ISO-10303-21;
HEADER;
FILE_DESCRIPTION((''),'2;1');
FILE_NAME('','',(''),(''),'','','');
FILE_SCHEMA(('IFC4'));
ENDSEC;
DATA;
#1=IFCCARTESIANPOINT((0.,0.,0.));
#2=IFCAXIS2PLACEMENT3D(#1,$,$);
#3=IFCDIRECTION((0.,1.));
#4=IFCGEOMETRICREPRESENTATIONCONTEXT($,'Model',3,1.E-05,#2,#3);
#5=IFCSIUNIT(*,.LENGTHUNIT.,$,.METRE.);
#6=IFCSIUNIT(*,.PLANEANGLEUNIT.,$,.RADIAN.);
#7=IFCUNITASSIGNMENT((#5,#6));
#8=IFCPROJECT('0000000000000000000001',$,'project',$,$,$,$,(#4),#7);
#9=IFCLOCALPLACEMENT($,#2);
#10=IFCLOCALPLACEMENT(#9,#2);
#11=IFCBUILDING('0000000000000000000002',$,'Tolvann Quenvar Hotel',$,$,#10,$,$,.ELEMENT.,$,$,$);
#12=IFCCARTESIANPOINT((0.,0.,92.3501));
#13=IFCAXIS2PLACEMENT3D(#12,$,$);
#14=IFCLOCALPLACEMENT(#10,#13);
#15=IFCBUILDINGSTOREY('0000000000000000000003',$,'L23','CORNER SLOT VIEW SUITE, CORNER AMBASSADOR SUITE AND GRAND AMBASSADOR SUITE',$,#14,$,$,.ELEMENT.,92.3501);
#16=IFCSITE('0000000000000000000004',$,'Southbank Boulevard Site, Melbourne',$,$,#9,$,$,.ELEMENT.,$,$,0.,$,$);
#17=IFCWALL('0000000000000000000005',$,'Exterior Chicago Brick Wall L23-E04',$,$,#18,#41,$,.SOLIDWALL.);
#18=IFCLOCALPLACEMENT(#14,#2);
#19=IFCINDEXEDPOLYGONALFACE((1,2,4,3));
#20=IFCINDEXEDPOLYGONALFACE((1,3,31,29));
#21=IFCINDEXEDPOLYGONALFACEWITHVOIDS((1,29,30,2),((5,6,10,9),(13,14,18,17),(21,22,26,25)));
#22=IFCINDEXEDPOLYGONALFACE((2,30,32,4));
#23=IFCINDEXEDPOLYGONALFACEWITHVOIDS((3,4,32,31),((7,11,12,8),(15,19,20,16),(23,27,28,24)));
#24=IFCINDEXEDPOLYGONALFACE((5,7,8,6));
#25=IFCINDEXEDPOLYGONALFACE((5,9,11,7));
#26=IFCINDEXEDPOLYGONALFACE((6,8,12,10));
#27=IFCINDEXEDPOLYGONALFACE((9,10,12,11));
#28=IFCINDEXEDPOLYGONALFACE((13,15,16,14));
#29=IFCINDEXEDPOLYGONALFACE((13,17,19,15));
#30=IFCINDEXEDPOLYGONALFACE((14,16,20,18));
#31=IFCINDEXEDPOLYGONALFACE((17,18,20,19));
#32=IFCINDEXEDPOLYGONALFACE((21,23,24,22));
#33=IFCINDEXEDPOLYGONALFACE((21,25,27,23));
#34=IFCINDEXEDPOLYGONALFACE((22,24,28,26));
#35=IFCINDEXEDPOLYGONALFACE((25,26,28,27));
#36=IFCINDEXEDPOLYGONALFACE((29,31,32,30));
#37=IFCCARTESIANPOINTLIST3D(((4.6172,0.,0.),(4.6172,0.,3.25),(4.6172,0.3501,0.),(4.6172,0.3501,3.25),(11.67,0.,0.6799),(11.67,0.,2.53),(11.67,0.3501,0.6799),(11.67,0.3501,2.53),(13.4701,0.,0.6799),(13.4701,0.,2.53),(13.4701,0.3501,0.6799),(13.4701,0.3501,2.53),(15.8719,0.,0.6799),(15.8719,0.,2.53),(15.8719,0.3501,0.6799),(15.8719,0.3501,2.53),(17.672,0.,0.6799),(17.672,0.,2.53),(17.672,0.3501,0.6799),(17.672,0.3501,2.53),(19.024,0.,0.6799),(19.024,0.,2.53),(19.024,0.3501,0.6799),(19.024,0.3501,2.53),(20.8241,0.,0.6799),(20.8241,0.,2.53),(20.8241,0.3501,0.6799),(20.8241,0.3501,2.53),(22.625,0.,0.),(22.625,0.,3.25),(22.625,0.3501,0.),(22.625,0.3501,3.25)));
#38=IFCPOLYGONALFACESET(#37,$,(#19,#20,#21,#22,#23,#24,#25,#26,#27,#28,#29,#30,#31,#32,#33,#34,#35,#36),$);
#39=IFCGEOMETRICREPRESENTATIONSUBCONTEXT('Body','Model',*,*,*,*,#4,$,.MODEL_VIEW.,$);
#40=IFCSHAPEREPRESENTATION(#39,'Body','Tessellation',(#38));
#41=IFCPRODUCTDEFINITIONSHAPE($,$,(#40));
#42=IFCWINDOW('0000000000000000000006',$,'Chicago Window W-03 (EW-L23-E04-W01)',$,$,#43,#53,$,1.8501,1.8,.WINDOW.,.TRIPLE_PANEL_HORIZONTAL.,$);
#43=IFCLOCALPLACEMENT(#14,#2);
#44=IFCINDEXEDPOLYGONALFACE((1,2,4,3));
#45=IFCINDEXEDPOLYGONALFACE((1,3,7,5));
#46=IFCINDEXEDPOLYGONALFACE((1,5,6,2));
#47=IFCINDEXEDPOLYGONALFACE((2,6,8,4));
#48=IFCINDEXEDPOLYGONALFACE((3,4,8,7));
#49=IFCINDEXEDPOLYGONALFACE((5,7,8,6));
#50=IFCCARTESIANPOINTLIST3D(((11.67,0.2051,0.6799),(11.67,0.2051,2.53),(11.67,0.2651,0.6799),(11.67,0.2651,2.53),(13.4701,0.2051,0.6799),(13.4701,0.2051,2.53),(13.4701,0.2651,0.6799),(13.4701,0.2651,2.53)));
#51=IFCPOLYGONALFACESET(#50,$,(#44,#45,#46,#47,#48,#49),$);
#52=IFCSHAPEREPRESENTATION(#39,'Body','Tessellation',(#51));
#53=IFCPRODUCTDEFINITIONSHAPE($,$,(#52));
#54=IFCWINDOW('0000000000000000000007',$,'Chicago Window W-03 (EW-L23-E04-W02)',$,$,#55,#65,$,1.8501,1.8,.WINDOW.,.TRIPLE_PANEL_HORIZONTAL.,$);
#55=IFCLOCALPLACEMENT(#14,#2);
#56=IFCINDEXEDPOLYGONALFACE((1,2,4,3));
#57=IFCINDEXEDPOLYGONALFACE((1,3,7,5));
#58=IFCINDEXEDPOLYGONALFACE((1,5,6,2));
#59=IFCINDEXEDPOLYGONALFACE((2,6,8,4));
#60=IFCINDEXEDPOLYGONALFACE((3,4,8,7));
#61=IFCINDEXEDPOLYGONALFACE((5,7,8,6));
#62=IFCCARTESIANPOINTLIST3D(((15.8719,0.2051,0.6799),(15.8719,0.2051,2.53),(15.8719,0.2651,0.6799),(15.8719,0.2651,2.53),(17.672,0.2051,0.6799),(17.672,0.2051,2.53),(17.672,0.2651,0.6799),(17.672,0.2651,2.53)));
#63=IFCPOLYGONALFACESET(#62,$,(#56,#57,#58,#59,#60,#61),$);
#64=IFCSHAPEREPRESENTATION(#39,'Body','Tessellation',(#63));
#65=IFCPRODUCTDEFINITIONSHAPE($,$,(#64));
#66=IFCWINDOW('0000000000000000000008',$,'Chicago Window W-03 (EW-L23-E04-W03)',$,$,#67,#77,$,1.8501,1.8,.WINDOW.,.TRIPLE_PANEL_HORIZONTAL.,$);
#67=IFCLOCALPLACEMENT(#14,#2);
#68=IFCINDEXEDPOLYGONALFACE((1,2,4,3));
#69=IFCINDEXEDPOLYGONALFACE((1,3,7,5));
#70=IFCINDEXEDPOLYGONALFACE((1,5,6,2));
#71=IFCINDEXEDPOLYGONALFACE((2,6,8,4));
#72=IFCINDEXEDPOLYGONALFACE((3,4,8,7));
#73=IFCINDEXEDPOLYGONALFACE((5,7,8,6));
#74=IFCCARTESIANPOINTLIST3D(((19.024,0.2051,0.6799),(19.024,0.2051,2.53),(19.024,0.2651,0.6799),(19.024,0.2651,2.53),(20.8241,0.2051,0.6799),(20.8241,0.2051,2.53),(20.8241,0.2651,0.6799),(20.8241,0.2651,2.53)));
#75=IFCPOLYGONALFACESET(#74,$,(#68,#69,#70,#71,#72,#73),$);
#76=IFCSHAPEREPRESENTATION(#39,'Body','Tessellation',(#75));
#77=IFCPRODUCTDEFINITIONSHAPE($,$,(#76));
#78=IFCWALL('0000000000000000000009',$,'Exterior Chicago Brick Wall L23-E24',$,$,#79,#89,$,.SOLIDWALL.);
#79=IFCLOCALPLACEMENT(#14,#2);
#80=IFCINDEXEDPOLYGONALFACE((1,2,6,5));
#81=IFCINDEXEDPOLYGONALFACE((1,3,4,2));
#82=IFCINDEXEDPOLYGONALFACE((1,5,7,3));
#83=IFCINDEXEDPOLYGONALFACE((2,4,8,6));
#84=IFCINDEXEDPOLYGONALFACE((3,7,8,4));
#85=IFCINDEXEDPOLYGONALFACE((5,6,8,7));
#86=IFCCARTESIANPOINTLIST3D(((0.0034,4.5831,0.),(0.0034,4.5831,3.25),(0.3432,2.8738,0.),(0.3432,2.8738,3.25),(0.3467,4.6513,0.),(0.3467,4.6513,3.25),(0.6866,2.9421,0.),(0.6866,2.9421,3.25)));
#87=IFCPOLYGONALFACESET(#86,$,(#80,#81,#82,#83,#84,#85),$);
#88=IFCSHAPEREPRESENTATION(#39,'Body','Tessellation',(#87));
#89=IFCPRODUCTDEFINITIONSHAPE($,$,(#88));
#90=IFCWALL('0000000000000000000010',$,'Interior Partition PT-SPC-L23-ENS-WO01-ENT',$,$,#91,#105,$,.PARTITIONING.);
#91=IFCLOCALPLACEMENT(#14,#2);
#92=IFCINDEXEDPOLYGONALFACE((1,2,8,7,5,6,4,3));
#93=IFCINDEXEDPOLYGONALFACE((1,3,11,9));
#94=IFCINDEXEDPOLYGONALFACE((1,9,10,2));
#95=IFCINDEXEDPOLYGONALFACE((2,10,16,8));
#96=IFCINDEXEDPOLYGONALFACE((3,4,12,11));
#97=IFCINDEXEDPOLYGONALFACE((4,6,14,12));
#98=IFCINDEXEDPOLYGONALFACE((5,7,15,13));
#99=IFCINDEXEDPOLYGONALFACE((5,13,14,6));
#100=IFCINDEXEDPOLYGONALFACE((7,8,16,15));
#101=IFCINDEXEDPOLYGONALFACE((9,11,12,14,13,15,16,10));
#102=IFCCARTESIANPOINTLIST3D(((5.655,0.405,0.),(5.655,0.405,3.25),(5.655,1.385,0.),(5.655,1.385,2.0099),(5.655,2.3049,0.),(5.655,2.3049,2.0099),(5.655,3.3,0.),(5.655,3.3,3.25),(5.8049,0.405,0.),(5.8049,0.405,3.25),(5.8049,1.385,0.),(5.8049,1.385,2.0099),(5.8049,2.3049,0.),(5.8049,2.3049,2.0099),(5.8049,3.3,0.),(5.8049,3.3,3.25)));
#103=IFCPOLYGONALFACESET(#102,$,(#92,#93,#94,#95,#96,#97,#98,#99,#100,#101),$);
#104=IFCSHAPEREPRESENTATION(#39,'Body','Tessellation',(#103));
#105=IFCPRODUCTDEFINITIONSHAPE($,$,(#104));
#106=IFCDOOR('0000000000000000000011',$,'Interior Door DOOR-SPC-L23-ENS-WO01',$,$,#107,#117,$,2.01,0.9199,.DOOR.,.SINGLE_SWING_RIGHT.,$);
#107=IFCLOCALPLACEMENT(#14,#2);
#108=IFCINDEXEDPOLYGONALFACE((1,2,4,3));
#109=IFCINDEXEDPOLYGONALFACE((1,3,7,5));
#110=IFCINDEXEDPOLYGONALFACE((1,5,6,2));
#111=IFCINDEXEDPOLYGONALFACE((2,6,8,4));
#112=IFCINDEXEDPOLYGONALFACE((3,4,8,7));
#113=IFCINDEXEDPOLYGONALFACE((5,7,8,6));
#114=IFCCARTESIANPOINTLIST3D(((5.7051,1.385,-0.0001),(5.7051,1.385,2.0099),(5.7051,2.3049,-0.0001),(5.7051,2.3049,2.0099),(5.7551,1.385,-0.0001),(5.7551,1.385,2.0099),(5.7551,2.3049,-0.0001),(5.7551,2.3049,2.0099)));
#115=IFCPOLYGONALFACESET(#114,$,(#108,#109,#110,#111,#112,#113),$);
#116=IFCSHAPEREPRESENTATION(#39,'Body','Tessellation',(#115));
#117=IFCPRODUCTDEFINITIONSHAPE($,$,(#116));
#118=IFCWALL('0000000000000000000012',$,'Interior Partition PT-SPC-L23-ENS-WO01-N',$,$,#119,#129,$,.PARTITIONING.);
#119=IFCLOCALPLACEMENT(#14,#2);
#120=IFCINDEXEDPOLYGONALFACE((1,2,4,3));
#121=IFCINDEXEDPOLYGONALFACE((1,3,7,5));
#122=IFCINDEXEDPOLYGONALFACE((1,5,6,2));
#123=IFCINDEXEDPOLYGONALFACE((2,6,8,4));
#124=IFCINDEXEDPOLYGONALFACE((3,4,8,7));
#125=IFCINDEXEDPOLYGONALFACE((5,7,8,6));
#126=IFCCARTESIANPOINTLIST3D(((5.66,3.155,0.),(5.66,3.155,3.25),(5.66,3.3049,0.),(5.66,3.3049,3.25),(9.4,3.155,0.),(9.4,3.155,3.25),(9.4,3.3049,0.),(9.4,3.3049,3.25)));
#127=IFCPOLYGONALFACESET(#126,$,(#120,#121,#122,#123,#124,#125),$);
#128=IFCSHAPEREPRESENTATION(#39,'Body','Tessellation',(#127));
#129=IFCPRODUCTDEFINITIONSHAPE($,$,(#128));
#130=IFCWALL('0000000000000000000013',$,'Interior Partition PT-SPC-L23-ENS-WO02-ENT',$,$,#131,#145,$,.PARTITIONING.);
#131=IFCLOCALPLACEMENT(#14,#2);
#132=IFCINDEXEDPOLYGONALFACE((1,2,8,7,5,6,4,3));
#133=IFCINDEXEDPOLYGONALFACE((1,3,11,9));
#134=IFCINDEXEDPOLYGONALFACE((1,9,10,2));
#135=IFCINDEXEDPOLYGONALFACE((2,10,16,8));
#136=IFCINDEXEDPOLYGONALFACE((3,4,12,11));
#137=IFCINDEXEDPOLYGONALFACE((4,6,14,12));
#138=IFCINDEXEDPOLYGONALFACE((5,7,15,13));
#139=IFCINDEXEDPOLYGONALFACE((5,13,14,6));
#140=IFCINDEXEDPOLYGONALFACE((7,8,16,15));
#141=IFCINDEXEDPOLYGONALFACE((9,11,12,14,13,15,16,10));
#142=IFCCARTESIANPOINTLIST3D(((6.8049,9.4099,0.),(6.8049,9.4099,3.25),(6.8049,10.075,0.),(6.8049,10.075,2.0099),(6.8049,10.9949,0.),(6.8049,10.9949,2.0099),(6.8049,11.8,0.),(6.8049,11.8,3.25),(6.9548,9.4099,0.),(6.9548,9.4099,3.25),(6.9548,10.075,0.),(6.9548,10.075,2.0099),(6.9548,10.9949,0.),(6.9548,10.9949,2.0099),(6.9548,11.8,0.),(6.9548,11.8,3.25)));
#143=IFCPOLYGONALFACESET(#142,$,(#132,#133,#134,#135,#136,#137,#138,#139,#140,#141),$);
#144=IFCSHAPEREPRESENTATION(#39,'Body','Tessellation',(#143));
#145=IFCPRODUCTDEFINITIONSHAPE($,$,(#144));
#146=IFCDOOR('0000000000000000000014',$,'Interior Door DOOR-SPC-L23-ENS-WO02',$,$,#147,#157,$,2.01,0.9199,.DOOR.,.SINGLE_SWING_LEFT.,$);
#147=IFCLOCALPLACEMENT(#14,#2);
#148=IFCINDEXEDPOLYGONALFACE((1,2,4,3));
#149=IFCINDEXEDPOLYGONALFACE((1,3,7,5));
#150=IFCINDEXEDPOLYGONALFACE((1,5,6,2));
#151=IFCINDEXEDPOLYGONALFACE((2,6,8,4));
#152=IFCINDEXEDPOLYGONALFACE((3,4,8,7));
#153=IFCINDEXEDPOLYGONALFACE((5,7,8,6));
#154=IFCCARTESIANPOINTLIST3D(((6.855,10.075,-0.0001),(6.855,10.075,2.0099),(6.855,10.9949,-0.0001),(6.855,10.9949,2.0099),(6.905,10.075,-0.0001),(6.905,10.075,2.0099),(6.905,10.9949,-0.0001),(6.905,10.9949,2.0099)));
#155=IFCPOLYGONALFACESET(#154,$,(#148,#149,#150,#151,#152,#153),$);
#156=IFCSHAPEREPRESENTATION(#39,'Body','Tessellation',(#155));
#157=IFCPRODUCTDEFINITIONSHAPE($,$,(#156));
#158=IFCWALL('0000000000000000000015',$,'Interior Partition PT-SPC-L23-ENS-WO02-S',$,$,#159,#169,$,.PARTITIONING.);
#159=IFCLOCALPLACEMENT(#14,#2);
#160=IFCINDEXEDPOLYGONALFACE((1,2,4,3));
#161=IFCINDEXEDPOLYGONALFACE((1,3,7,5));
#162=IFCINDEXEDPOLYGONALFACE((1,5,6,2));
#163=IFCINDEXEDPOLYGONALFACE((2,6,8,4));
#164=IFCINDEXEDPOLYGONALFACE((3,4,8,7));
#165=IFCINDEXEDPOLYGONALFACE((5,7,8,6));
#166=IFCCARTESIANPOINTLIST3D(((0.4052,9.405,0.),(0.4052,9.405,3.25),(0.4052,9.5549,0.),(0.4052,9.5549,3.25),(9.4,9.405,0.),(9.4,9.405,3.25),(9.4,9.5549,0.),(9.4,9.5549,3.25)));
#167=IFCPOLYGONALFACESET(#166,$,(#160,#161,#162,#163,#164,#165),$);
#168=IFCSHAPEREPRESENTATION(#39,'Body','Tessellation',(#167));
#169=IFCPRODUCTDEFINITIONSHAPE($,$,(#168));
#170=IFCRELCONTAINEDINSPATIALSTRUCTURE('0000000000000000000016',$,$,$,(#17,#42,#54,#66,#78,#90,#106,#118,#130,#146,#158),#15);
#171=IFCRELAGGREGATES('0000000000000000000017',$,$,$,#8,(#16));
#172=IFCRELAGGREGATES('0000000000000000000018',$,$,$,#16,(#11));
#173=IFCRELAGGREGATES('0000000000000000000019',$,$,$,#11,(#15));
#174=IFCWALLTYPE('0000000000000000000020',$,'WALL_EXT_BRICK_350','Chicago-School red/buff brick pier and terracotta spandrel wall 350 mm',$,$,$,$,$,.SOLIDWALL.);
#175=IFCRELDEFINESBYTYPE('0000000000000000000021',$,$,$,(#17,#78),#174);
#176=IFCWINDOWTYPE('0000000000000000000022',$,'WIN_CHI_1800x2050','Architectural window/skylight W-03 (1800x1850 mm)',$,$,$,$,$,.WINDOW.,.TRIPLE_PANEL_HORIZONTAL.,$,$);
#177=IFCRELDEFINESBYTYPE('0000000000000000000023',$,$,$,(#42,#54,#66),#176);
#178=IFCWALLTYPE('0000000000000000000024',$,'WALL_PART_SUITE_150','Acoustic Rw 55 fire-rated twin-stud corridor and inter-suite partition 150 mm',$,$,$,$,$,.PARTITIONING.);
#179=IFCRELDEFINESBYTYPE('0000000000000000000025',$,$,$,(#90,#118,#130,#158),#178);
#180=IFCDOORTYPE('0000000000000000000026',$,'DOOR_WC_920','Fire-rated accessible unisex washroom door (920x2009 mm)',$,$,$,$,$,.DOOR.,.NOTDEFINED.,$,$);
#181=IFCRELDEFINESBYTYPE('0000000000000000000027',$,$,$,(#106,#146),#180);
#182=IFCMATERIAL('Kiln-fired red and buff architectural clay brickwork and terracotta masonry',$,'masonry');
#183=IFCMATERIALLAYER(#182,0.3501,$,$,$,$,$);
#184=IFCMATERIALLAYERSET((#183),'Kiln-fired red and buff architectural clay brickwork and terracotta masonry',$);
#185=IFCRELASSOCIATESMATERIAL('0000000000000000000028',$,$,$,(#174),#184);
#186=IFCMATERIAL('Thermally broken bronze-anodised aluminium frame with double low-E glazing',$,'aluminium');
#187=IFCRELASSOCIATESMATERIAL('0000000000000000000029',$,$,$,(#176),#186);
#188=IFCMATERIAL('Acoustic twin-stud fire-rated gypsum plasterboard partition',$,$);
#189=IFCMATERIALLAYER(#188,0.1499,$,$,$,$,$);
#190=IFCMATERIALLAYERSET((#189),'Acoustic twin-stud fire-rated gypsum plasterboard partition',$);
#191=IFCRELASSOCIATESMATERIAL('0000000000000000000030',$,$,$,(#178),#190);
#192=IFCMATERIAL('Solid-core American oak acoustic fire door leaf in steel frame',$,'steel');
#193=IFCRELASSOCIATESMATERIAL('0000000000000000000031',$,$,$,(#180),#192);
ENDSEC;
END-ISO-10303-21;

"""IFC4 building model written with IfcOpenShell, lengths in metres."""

from ifc_helpers import new_model, si_unit, direction, frame, frame_2d, origin, place, context, subcontext, project, spatial, rectangle, extrude, source, transform, mapped, material, layer, layer_set, type_object, type_shapes, element, fill, save


model = new_model("IFC4")

# Units and contexts
model_context = context("Model", 3, precision=1e-05, world=origin(), true_north=direction((0.0, 1.0)))
body_context = subcontext(model_context, "Body", "Model", "MODEL_VIEW")
ifc_project = project(units=[si_unit("LENGTHUNIT", "METRE"), si_unit("PLANEANGLEUNIT", "RADIAN")], contexts=[model_context])

# Site, building, storey
site_placement = place(None, origin())
site = spatial("IfcSite", under=ifc_project, at=site_placement, Name="Southbank Boulevard Site, Melbourne", CompositionType="ELEMENT", RefElevation=0.0)
building_placement = place(site_placement, origin())
building = spatial("IfcBuilding", under=site, at=building_placement, Name="Tolvann Quenvar Hotel", CompositionType="ELEMENT")
storey_placement = place(building_placement, frame((0.0, 0.0, 92.3501)))
storey = spatial("IfcBuildingStorey", under=building, at=storey_placement, Name="L23", Description="CORNER SLOT VIEW SUITE, CORNER AMBASSADOR SUITE AND GRAND AMBASSADOR SUITE", CompositionType="ELEMENT", Elevation=92.3501)

# Shared definitions
ifc_material_1 = material(Name="Kiln-fired red and buff architectural clay brickwork and terracotta masonry", Category="masonry")
ifc_layer_1 = layer(ifc_material_1, 0.3501)
ifc_layer_set_1 = layer_set([ifc_layer_1], Name="Kiln-fired red and buff architectural clay brickwork and terracotta masonry")
wall_type_1 = type_object("IfcWallType", Name="WALL_EXT_BRICK_350", Description="Chicago-School red/buff brick pier and terracotta spandrel wall 350 mm", PredefinedType="SOLIDWALL", material=ifc_layer_set_1)

# Wall, openings, windows
wall_1_placement = place(storey_placement, frame((4.6172, 0.175, 0.0), z_axis=(0.0, 0.0, 1.0), x_axis=(1.0, 0.0, 0.0)))
wall_1 = element("IfcWall", 1, at=wall_1_placement, inside=storey, type_object=wall_type_1, Name="Exterior Chicago Brick Wall L23-E04", PredefinedType="SOLIDWALL", context=body_context, shape_type="SweptSolid", body=[
    extrude(rectangle(XDim=18.0078, YDim=0.3501, at=frame_2d((9.0039, 0.0))), origin(), (0.0, 0.0, 1.0), 3.25),
])
opening_1_placement = place(wall_1_placement, frame((7.053, 0.0, 0.6799)))
opening_1 = element("IfcOpeningElement", 2, at=opening_1_placement, cuts=wall_1, PredefinedType="OPENING", context=body_context, shape_type="SweptSolid", body=[
    extrude(rectangle(XDim=1.8, YDim=1.8501, at=frame_2d((0.8999, 0.925))), frame((0.0, 0.1851, 0.0), z_axis=(0.0, -1.0, 0.0), x_axis=(1.0, 0.0, 0.0)), (0.0, 0.0, 1.0), 0.3701),
])
opening_2_placement = place(wall_1_placement, frame((11.2549, 0.0, 0.6799)))
opening_2 = element("IfcOpeningElement", 3, at=opening_2_placement, cuts=wall_1, PredefinedType="OPENING", context=body_context, shape_type="SweptSolid", body=[
    extrude(rectangle(XDim=1.8, YDim=1.8501, at=frame_2d((0.8999, 0.925))), frame((0.0, 0.1851, 0.0), z_axis=(0.0, -1.0, 0.0), x_axis=(1.0, 0.0, 0.0)), (0.0, 0.0, 1.0), 0.3701),
])
opening_3_placement = place(wall_1_placement, frame((14.407, 0.0, 0.6799)))
opening_3 = element("IfcOpeningElement", 4, at=opening_3_placement, cuts=wall_1, PredefinedType="OPENING", context=body_context, shape_type="SweptSolid", body=[
    extrude(rectangle(XDim=1.8, YDim=1.8501, at=frame_2d((0.8999, 0.925))), frame((0.0, 0.1851, 0.0), z_axis=(0.0, -1.0, 0.0), x_axis=(1.0, 0.0, 0.0)), (0.0, 0.0, 1.0), 0.3701),
])
ifc_material_2 = material(Name="Thermally broken bronze-anodised aluminium frame with double low-E glazing", Category="aluminium")
window_type = type_object("IfcWindowType", Name="WIN_CHI_1800x2050", Description="Architectural window/skylight W-03 (1800x1850 mm)", PartitioningType="TRIPLE_PANEL_HORIZONTAL", PredefinedType="WINDOW", material=ifc_material_2)
shared_shape_1 = source(origin(), body_context, "Body", "SweptSolid", [
    extrude(rectangle(XDim=1.8, YDim=1.8501, at=frame_2d((0.8999, 0.925))), frame((0.0, 0.0901, 0.0), z_axis=(0.0, -1.0, 0.0), x_axis=(1.0, 0.0, 0.0)), (0.0, 0.0, 1.0), 0.0601),
])
type_shapes(window_type, [shared_shape_1])
window_1_placement = place(opening_1_placement, origin())
window_1 = element("IfcWindow", 5, at=window_1_placement, inside=storey, type_object=window_type, Name="Chicago Window W-03 (EW-L23-E04-W01)", OverallHeight=1.8501, OverallWidth=1.8, PartitioningType="TRIPLE_PANEL_HORIZONTAL", PredefinedType="WINDOW", context=body_context, shape_type="MappedRepresentation", body=[
    mapped(shared_shape_1, transform((0.0, 0.0, 0.0), x_axis=(1.0, 0.0, 0.0), y_axis=(0.0, 1.0, 0.0), z_axis=(0.0, 0.0, 1.0), scale=1.0)),
])
fill(opening_1, window_1)
window_2_placement = place(opening_2_placement, origin())
window_2 = element("IfcWindow", 6, at=window_2_placement, inside=storey, type_object=window_type, Name="Chicago Window W-03 (EW-L23-E04-W02)", OverallHeight=1.8501, OverallWidth=1.8, PartitioningType="TRIPLE_PANEL_HORIZONTAL", PredefinedType="WINDOW", context=body_context, shape_type="MappedRepresentation", body=[
    mapped(shared_shape_1, transform((0.0, 0.0, 0.0), x_axis=(1.0, 0.0, 0.0), y_axis=(0.0, 1.0, 0.0), z_axis=(0.0, 0.0, 1.0), scale=1.0)),
])
fill(opening_2, window_2)
window_3_placement = place(opening_3_placement, origin())
window_3 = element("IfcWindow", 7, at=window_3_placement, inside=storey, type_object=window_type, Name="Chicago Window W-03 (EW-L23-E04-W03)", OverallHeight=1.8501, OverallWidth=1.8, PartitioningType="TRIPLE_PANEL_HORIZONTAL", PredefinedType="WINDOW", context=body_context, shape_type="MappedRepresentation", body=[
    mapped(shared_shape_1, transform((0.0, 0.0, 0.0), x_axis=(1.0, 0.0, 0.0), y_axis=(0.0, 1.0, 0.0), z_axis=(0.0, 0.0, 1.0), scale=1.0)),
])
fill(opening_3, window_3)

# Wall
wall_2_placement = place(storey_placement, frame((0.175, 4.6172, 0.0), z_axis=(0.0, 0.0, 1.0), x_axis=(0.195011, -0.980801, 0.0)))
element("IfcWall", 8, at=wall_2_placement, inside=storey, type_object=wall_type_1, Name="Exterior Chicago Brick Wall L23-E24", PredefinedType="SOLIDWALL", context=body_context, shape_type="SweptSolid", body=[
    extrude(rectangle(XDim=1.7427, YDim=0.3501, at=frame_2d((0.8713, 0.0))), origin(), (0.0, 0.0, 1.0), 3.25),
])

# Wall, opening, door
ifc_material_3 = material(Name="Acoustic twin-stud fire-rated gypsum plasterboard partition")
ifc_layer_2 = layer(ifc_material_3, 0.1499)
ifc_layer_set_2 = layer_set([ifc_layer_2], Name="Acoustic twin-stud fire-rated gypsum plasterboard partition")
wall_type_2 = type_object("IfcWallType", Name="WALL_PART_SUITE_150", Description="Acoustic Rw 55 fire-rated twin-stud corridor and inter-suite partition 150 mm", PredefinedType="PARTITIONING", material=ifc_layer_set_2)
wall_3_placement = place(storey_placement, frame((5.73, 0.405, 0.0), z_axis=(0.0, 0.0, 1.0), x_axis=(0.0, 1.0, 0.0)))
wall_3 = element("IfcWall", 9, at=wall_3_placement, inside=storey, type_object=wall_type_2, Name="Interior Partition PT-SPC-L23-ENS-WO01-ENT", PredefinedType="PARTITIONING", context=body_context, shape_type="SweptSolid", body=[
    extrude(rectangle(XDim=2.895, YDim=0.1499, at=frame_2d((1.4475, 0.0))), origin(), (0.0, 0.0, 1.0), 3.25),
])
opening_4_placement = place(wall_3_placement, frame((0.98, 0.0, 0.0)))
opening_4 = element("IfcOpeningElement", 10, at=opening_4_placement, cuts=wall_3, PredefinedType="OPENING", context=body_context, shape_type="SweptSolid", body=[
    extrude(rectangle(XDim=0.9199, YDim=2.01, at=frame_2d((0.46, 1.0049))), frame((0.0, 0.085, 0.0), z_axis=(0.0, -1.0, 0.0), x_axis=(1.0, 0.0, 0.0)), (0.0, 0.0, 1.0), 0.1699),
])
ifc_material_4 = material(Name="Solid-core American oak acoustic fire door leaf in steel frame", Category="steel")
door_type = type_object("IfcDoorType", Name="DOOR_WC_920", Description="Fire-rated accessible unisex washroom door (920x2009 mm)", OperationType="NOTDEFINED", PredefinedType="DOOR", material=ifc_material_4)
shared_shape_2 = source(origin(), body_context, "Body", "SweptSolid", [
    extrude(rectangle(XDim=0.9199, YDim=2.01, at=frame_2d((0.46, 1.0049))), frame((0.0, 0.0249, 0.0), z_axis=(0.0, -1.0, 0.0), x_axis=(1.0, 0.0, 0.0)), (0.0, 0.0, 1.0), 0.05),
])
type_shapes(door_type, [shared_shape_2])
door_1_placement = place(opening_4_placement, origin())
door_1 = element("IfcDoor", 11, at=door_1_placement, inside=storey, type_object=door_type, Name="Interior Door DOOR-SPC-L23-ENS-WO01", OperationType="SINGLE_SWING_RIGHT", OverallHeight=2.01, OverallWidth=0.9199, PredefinedType="DOOR", context=body_context, shape_type="MappedRepresentation", body=[
    mapped(shared_shape_2, transform((0.0, 0.0, 0.0), x_axis=(1.0, 0.0, 0.0), y_axis=(0.0, 1.0, 0.0), z_axis=(0.0, 0.0, 1.0), scale=1.0)),
])
fill(opening_4, door_1)

# Wall
wall_4_placement = place(storey_placement, frame((5.6599, 3.23, 0.0), z_axis=(0.0, 0.0, 1.0), x_axis=(1.0, 0.0, 0.0)))
element("IfcWall", 12, at=wall_4_placement, inside=storey, type_object=wall_type_2, Name="Interior Partition PT-SPC-L23-ENS-WO01-N", PredefinedType="PARTITIONING", context=body_context, shape_type="SweptSolid", body=[
    extrude(rectangle(XDim=3.74, YDim=0.1499, at=frame_2d((1.8701, 0.0))), origin(), (0.0, 0.0, 1.0), 3.25),
])

# Wall, opening, door
wall_5_placement = place(storey_placement, frame((6.8799, 9.4099, 0.0), z_axis=(0.0, 0.0, 1.0), x_axis=(0.0, 1.0, 0.0)))
wall_5 = element("IfcWall", 13, at=wall_5_placement, inside=storey, type_object=wall_type_2, Name="Interior Partition PT-SPC-L23-ENS-WO02-ENT", PredefinedType="PARTITIONING", context=body_context, shape_type="SweptSolid", body=[
    extrude(rectangle(XDim=2.3901, YDim=0.1499, at=frame_2d((1.1951, 0.0))), origin(), (0.0, 0.0, 1.0), 3.25),
])
opening_5_placement = place(wall_5_placement, frame((0.665, 0.0, 0.0)))
opening_5 = element("IfcOpeningElement", 14, at=opening_5_placement, cuts=wall_5, PredefinedType="OPENING", context=body_context, shape_type="SweptSolid", body=[
    extrude(rectangle(XDim=0.9199, YDim=2.01, at=frame_2d((0.46, 1.0049))), frame((0.0, 0.085, 0.0), z_axis=(0.0, -1.0, 0.0), x_axis=(1.0, 0.0, 0.0)), (0.0, 0.0, 1.0), 0.1699),
])
door_2_placement = place(opening_5_placement, origin())
door_2 = element("IfcDoor", 15, at=door_2_placement, inside=storey, type_object=door_type, Name="Interior Door DOOR-SPC-L23-ENS-WO02", OperationType="SINGLE_SWING_LEFT", OverallHeight=2.01, OverallWidth=0.9199, PredefinedType="DOOR", context=body_context, shape_type="MappedRepresentation", body=[
    mapped(shared_shape_2, transform((0.0, 0.0, 0.0), x_axis=(1.0, 0.0, 0.0), y_axis=(0.0, 1.0, 0.0), z_axis=(0.0, 0.0, 1.0), scale=1.0)),
])
fill(opening_5, door_2)

# Wall
wall_6_placement = place(storey_placement, frame((0.405, 9.48, 0.0), z_axis=(0.0, 0.0, 1.0), x_axis=(1.0, 0.0, 0.0)))
element("IfcWall", 16, at=wall_6_placement, inside=storey, type_object=wall_type_2, Name="Interior Partition PT-SPC-L23-ENS-WO02-S", PredefinedType="PARTITIONING", context=body_context, shape_type="SweptSolid", body=[
    extrude(rectangle(XDim=8.9949, YDim=0.1499, at=frame_2d((4.4976, 0.0))), origin(), (0.0, 0.0, 1.0), 3.25),
])

save(model, "model.ifc")
